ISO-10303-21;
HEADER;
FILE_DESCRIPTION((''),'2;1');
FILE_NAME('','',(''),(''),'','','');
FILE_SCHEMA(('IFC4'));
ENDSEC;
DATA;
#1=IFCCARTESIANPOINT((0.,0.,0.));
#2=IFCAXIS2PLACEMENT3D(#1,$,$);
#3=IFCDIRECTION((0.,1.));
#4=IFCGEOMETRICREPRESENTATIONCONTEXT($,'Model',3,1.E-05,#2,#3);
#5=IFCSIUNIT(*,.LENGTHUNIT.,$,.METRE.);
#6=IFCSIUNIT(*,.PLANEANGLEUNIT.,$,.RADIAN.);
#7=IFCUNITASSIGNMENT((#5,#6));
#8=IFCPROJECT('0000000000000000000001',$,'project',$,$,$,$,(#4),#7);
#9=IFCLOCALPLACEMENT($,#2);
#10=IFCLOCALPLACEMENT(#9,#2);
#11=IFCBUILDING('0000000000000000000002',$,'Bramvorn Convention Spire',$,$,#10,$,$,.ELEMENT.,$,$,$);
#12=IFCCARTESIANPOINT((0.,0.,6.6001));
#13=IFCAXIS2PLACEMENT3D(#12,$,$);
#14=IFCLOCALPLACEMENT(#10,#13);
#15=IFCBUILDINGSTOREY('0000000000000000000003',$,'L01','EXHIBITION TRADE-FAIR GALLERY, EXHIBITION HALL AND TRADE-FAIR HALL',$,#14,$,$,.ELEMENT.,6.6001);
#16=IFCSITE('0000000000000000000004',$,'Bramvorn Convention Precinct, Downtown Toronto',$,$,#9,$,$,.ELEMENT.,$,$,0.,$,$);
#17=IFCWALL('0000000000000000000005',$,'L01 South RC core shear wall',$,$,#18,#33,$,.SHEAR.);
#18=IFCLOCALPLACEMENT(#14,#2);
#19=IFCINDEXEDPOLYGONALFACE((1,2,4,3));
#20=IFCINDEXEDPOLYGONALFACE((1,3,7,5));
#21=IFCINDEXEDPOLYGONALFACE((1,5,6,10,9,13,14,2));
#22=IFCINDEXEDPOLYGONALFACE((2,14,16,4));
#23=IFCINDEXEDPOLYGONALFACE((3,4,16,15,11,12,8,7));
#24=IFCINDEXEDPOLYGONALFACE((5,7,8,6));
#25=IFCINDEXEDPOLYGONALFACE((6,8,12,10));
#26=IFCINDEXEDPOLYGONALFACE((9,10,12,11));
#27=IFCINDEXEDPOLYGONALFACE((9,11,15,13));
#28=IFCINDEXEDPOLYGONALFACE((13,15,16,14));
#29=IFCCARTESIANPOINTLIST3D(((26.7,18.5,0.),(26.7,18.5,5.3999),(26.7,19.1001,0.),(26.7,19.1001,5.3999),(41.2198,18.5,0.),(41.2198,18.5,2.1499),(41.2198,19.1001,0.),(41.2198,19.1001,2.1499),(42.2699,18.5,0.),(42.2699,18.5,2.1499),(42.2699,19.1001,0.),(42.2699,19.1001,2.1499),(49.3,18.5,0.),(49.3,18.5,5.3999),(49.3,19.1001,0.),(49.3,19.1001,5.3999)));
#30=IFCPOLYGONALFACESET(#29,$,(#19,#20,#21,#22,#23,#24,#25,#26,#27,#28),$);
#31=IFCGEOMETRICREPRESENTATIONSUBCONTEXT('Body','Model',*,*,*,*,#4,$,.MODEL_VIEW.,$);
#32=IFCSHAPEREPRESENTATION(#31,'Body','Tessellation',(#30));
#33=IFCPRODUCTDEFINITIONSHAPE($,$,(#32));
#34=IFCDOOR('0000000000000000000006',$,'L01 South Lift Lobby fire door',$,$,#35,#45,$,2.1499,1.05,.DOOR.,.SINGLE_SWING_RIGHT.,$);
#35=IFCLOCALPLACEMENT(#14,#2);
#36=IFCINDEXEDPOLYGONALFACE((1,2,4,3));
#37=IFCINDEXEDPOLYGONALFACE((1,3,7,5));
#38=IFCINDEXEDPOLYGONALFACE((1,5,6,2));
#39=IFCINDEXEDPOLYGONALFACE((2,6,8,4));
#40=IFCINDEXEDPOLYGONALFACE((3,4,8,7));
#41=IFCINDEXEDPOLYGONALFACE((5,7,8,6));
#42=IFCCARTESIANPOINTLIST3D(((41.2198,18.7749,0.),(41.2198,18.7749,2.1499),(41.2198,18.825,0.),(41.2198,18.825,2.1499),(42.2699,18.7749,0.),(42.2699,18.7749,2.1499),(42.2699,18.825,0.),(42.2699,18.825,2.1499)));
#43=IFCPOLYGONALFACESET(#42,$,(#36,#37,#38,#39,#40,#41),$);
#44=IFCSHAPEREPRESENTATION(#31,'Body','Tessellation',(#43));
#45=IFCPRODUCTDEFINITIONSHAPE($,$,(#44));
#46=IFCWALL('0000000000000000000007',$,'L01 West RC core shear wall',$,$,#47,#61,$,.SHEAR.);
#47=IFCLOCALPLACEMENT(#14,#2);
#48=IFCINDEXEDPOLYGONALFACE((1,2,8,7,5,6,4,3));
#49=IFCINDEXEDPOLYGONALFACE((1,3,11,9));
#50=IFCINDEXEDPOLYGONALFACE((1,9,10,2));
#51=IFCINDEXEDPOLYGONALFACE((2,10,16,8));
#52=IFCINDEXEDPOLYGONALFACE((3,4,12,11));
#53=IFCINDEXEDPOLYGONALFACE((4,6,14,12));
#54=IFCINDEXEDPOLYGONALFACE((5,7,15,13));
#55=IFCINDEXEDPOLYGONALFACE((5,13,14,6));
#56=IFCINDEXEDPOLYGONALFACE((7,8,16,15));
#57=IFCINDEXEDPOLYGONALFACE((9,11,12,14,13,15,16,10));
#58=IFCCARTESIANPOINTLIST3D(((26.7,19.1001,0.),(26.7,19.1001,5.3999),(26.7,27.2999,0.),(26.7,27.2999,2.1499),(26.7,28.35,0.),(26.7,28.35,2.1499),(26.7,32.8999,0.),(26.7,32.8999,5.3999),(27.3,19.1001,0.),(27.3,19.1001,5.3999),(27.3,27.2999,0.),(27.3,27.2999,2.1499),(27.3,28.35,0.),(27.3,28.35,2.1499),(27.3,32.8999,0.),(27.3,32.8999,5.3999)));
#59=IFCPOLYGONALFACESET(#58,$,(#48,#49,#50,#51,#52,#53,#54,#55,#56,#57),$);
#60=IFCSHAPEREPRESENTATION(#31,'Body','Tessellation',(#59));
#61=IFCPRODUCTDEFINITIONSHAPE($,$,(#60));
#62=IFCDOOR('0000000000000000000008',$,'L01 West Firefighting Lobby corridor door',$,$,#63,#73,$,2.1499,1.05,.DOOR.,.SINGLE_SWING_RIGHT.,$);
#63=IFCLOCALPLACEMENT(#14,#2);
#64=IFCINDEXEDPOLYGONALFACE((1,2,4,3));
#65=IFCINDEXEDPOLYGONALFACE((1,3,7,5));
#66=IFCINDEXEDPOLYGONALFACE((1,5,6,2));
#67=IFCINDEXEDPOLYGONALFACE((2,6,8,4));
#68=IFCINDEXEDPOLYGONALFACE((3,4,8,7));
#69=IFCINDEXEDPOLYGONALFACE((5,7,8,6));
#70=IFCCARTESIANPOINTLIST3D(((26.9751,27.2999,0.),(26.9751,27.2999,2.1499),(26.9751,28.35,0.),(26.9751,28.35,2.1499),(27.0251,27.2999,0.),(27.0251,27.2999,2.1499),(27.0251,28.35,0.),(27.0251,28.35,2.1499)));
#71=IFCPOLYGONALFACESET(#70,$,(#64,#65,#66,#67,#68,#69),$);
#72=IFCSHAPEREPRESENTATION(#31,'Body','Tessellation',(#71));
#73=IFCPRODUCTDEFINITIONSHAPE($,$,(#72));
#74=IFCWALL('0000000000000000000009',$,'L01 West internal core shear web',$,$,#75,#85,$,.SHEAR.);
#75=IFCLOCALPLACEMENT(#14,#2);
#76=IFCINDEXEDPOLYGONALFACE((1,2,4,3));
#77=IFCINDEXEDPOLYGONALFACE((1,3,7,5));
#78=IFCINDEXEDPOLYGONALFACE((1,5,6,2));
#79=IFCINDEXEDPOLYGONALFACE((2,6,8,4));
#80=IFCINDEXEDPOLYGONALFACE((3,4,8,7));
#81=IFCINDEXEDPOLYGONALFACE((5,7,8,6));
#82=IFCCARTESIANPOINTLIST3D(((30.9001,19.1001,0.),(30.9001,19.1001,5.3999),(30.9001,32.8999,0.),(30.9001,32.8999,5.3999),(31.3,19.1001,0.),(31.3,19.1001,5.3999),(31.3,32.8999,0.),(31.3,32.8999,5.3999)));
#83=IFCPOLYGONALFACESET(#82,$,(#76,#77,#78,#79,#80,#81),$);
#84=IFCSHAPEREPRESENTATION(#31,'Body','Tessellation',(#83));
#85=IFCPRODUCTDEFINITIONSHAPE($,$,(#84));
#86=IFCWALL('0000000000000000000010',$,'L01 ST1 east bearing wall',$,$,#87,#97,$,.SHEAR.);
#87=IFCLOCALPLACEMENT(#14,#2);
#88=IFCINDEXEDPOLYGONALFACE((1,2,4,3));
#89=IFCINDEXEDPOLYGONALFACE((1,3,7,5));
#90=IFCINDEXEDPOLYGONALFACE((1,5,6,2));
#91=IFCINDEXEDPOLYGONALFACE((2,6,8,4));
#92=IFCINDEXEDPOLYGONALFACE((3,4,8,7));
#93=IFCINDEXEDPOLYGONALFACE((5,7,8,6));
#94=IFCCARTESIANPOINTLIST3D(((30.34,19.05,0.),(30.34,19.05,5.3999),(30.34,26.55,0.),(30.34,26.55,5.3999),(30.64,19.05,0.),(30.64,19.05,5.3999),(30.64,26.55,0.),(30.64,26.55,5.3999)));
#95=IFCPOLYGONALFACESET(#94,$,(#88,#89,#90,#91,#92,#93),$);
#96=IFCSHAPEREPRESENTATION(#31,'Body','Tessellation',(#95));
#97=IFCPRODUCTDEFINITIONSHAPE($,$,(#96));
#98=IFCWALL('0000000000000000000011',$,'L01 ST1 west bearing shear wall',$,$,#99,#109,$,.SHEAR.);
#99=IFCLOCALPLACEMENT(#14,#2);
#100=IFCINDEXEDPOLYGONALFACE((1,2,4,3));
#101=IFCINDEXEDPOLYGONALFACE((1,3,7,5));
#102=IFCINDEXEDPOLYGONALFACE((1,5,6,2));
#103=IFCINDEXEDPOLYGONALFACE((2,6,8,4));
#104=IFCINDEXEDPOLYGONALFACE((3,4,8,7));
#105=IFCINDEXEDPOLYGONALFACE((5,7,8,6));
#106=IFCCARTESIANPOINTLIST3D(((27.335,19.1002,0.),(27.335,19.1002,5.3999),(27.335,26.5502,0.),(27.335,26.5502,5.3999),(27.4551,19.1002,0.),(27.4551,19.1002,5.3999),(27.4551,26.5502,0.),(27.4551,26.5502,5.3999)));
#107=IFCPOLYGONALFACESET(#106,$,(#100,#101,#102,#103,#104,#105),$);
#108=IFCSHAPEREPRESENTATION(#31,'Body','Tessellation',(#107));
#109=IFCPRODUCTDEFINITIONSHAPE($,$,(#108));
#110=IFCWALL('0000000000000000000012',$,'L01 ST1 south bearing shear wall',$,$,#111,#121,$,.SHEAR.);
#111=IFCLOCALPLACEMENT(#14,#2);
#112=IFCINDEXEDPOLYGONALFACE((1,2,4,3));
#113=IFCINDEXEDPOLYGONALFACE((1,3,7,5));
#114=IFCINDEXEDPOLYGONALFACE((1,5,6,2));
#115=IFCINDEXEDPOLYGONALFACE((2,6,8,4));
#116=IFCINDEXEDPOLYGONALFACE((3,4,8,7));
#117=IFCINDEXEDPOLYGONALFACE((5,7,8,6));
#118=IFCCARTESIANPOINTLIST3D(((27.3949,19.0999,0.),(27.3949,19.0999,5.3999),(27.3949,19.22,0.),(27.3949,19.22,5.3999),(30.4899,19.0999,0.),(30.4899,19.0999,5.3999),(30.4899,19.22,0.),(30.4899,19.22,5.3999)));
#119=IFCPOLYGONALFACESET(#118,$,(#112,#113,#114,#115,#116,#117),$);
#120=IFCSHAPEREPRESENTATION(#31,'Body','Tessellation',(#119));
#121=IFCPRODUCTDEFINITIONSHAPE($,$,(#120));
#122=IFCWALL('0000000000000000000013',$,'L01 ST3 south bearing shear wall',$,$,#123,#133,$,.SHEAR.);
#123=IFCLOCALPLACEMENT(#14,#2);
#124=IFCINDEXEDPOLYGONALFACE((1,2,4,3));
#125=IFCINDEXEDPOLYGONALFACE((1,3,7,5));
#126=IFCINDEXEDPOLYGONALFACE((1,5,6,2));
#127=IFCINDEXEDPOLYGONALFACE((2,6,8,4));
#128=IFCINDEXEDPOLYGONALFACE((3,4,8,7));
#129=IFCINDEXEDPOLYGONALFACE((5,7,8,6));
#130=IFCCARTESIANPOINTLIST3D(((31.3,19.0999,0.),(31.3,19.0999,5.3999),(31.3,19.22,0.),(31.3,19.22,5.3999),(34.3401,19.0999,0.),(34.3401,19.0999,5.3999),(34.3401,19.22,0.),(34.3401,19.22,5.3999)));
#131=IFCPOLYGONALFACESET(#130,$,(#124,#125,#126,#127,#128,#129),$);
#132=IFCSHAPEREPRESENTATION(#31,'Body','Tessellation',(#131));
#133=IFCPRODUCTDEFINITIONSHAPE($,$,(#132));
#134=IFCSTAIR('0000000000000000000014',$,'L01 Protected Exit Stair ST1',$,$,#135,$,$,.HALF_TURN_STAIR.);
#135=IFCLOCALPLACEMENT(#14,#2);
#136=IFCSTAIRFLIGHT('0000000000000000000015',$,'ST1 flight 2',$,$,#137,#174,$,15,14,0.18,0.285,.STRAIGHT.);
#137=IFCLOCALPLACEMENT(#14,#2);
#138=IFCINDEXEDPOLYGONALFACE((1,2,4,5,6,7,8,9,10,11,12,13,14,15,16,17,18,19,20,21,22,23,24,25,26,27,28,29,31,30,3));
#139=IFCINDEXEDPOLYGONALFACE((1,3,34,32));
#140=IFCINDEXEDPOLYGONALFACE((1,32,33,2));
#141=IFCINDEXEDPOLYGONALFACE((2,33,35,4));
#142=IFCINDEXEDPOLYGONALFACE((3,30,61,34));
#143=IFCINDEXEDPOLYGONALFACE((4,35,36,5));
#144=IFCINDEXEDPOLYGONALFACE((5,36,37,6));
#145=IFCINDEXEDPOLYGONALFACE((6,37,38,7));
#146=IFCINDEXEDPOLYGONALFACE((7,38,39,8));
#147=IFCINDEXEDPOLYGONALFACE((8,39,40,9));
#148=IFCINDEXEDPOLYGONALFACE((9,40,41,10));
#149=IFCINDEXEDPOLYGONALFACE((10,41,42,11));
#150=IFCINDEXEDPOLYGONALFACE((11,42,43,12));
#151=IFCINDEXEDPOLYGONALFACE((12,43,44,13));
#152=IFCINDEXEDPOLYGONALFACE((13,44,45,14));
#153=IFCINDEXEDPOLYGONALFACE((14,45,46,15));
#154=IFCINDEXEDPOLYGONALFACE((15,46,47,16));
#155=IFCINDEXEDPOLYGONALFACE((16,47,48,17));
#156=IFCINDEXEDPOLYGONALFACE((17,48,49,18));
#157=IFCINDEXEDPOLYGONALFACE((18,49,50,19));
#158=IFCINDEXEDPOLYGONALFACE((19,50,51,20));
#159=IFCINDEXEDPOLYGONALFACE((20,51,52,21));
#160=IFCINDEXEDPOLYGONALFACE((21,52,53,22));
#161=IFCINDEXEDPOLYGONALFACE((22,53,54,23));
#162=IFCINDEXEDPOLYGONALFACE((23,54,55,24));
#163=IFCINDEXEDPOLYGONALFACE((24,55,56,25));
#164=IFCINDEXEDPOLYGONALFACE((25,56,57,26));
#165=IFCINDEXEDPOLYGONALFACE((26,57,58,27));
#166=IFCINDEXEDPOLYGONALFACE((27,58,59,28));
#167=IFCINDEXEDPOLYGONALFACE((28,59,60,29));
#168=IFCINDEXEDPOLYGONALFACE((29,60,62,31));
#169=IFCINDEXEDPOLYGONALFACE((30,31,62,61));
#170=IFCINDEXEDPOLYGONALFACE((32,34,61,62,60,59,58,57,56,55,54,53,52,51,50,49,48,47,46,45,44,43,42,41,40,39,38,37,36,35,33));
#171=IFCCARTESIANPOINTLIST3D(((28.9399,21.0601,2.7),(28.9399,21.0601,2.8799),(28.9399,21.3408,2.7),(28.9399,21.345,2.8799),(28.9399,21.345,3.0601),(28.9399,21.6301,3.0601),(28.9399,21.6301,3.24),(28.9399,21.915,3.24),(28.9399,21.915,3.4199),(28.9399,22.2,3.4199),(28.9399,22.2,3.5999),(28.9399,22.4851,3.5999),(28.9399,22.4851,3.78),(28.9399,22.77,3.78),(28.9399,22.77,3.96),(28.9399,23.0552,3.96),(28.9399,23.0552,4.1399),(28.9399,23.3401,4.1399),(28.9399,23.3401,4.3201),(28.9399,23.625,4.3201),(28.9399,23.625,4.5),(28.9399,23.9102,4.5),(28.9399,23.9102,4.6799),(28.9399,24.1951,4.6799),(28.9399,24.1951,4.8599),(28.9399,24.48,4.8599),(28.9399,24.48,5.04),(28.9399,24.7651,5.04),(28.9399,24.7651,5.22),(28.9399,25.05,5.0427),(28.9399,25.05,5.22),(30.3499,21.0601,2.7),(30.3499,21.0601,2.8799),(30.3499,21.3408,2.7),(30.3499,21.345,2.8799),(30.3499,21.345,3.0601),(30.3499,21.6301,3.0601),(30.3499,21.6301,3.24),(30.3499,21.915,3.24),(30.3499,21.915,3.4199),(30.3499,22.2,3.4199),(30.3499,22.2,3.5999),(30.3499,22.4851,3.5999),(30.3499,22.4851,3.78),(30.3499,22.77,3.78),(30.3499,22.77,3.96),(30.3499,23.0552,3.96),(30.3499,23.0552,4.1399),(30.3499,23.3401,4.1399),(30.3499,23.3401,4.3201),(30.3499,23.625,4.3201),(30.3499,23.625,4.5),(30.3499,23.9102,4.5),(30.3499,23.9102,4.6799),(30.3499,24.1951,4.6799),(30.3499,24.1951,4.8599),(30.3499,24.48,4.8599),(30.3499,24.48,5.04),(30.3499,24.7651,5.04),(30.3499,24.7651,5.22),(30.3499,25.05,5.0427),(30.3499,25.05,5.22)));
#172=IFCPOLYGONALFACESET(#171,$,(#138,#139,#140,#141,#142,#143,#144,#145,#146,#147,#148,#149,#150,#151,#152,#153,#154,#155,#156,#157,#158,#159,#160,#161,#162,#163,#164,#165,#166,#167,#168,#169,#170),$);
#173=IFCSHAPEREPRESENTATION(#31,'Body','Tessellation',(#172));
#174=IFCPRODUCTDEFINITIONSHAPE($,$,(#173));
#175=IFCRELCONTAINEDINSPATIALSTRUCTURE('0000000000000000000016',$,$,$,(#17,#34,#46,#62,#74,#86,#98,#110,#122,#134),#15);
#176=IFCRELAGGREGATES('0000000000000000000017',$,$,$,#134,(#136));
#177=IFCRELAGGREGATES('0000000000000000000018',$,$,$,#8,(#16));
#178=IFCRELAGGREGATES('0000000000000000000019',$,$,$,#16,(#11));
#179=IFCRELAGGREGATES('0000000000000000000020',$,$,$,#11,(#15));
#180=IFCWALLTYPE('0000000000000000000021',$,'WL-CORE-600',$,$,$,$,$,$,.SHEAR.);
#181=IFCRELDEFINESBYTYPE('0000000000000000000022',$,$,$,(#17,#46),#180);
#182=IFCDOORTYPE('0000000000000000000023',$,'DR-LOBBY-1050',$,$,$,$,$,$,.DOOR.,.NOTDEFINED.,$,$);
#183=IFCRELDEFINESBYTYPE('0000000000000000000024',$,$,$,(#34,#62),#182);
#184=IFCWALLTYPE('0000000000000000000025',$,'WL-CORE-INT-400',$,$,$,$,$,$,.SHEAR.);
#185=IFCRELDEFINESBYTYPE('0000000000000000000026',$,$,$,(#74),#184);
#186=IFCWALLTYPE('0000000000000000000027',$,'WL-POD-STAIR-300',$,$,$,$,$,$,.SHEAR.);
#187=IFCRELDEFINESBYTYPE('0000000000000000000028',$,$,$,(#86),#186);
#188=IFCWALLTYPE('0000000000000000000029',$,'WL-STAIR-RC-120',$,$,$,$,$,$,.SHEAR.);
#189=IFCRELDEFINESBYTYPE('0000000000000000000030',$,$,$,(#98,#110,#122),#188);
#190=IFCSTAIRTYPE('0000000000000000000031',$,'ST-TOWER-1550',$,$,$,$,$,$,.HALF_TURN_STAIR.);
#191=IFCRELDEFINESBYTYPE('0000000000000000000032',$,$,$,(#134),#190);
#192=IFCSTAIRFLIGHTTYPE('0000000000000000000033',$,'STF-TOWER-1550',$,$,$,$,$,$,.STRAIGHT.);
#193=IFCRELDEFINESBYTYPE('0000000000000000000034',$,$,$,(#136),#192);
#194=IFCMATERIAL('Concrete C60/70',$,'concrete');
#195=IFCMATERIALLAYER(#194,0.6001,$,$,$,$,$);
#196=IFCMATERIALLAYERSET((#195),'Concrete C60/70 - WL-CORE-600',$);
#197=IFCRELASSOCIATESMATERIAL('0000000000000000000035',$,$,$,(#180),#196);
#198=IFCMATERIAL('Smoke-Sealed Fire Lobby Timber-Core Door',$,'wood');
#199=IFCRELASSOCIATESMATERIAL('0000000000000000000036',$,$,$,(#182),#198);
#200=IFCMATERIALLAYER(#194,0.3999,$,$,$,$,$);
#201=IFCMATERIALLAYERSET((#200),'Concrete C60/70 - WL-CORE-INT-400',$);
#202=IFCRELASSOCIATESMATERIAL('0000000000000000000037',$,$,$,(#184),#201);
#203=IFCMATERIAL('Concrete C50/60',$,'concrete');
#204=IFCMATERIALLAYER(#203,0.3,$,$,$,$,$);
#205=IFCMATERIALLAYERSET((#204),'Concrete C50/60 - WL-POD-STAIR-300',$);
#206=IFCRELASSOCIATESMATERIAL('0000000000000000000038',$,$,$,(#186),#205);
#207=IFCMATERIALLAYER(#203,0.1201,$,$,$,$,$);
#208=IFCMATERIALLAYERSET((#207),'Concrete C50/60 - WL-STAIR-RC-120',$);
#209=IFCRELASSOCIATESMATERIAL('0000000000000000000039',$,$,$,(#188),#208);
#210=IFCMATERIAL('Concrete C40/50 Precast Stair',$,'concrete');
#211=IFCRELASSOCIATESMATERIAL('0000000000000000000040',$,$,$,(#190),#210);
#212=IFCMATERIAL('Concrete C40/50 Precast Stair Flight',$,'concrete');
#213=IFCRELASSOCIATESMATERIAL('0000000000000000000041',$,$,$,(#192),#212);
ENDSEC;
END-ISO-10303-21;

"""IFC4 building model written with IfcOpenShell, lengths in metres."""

from ifc_helpers import new_model, si_unit, direction, frame, frame_2d, origin, place, context, subcontext, project, spatial, polyline, rectangle, outline, extrude, material, layer, layer_set, type_object, element, fill, aggregate, save


model = new_model("IFC4")

# Units and contexts
model_context = context("Model", 3, precision=1e-05, world=origin(), true_north=direction((0.0, 1.0)))
body_context = subcontext(model_context, "Body", "Model", "MODEL_VIEW")
ifc_project = project(units=[si_unit("LENGTHUNIT", "METRE"), si_unit("PLANEANGLEUNIT", "RADIAN")], contexts=[model_context])

# Site, building, storey
site_placement = place(None, origin())
site = spatial("IfcSite", under=ifc_project, at=site_placement, Name="Bramvorn Convention Precinct, Downtown Toronto", CompositionType="ELEMENT", RefElevation=0.0)
building_placement = place(site_placement, origin())
building = spatial("IfcBuilding", under=site, at=building_placement, Name="Bramvorn Convention Spire", CompositionType="ELEMENT")
storey_placement = place(building_placement, frame((0.0, 0.0, 6.6001)))
storey = spatial("IfcBuildingStorey", under=building, at=storey_placement, Name="L01", Description="EXHIBITION TRADE-FAIR GALLERY, EXHIBITION HALL AND TRADE-FAIR HALL", CompositionType="ELEMENT", Elevation=6.6001)

# Walls, openings, doors
ifc_material_1 = material(Name="Concrete C60/70", Category="concrete")
ifc_layer_1 = layer(ifc_material_1, 0.6001)
ifc_layer_set_1 = layer_set([ifc_layer_1], Name="Concrete C60/70 - WL-CORE-600")
wall_type_1 = type_object("IfcWallType", Name="WL-CORE-600", PredefinedType="SHEAR", material=ifc_layer_set_1)
wall_1_placement = place(storey_placement, frame((26.7, 18.8, 0.0), z_axis=(0.0, 0.0, 1.0), x_axis=(1.0, 0.0, 0.0)))
wall_1 = element("IfcWall", 1, at=wall_1_placement, inside=storey, type_object=wall_type_1, Name="L01 South RC core shear wall", PredefinedType="SHEAR", context=body_context, shape_type="SweptSolid", body=[
    extrude(rectangle(XDim=22.6001, YDim=0.6001, at=frame_2d((11.3, 0.0))), origin(), (0.0, 0.0, 1.0), 5.3999),
])
opening_1_placement = place(wall_1_placement, frame((14.52, 0.0, 0.0)))
opening_1 = element("IfcOpeningElement", 2, at=opening_1_placement, cuts=wall_1, PredefinedType="OPENING", context=body_context, shape_type="SweptSolid", body=[
    extrude(rectangle(XDim=1.05, YDim=2.1499, at=frame_2d((0.5249, 1.075))), frame((0.0, 0.3101, 0.0), z_axis=(0.0, -1.0, 0.0), x_axis=(1.0, 0.0, 0.0)), (0.0, 0.0, 1.0), 0.6201),
])
ifc_material_2 = material(Name="Smoke-Sealed Fire Lobby Timber-Core Door", Category="wood")
door_type = type_object("IfcDoorType", Name="DR-LOBBY-1050", OperationType="NOTDEFINED", PredefinedType="DOOR", material=ifc_material_2)
door_1_placement = place(opening_1_placement, origin())
door_1 = element("IfcDoor", 3, at=door_1_placement, inside=storey, type_object=door_type, Name="L01 South Lift Lobby fire door", OperationType="SINGLE_SWING_RIGHT", OverallHeight=2.1499, OverallWidth=1.05, PredefinedType="DOOR", context=body_context, shape_type="SweptSolid", body=[
    extrude(rectangle(XDim=1.05, YDim=2.1499, at=frame_2d((0.5249, 1.075))), frame((0.0, 0.0249, 0.0), z_axis=(0.0, -1.0, 0.0), x_axis=(1.0, 0.0, 0.0)), (0.0, 0.0, 1.0), 0.05),
])
fill(opening_1, door_1)
wall_2_placement = place(storey_placement, frame((27.0, 19.1001, 0.0), z_axis=(0.0, 0.0, 1.0), x_axis=(0.0, 1.0, 0.0)))
wall_2 = element("IfcWall", 4, at=wall_2_placement, inside=storey, type_object=wall_type_1, Name="L01 West RC core shear wall", PredefinedType="SHEAR", context=body_context, shape_type="SweptSolid", body=[
    extrude(rectangle(XDim=13.7998, YDim=0.6001, at=frame_2d((6.8999, 0.0))), origin(), (0.0, 0.0, 1.0), 5.3999),
])
opening_2_placement = place(wall_2_placement, frame((8.2, 0.0, 0.0)))
opening_2 = element("IfcOpeningElement", 5, at=opening_2_placement, cuts=wall_2, PredefinedType="OPENING", context=body_context, shape_type="SweptSolid", body=[
    extrude(rectangle(XDim=1.05, YDim=2.1499, at=frame_2d((0.5249, 1.075))), frame((0.0, 0.3101, 0.0), z_axis=(0.0, -1.0, 0.0), x_axis=(1.0, 0.0, 0.0)), (0.0, 0.0, 1.0), 0.6201),
])
door_2_placement = place(opening_2_placement, origin())
door_2 = element("IfcDoor", 6, at=door_2_placement, inside=storey, type_object=door_type, Name="L01 West Firefighting Lobby corridor door", OperationType="SINGLE_SWING_RIGHT", OverallHeight=2.1499, OverallWidth=1.05, PredefinedType="DOOR", context=body_context, shape_type="SweptSolid", body=[
    extrude(rectangle(XDim=1.05, YDim=2.1499, at=frame_2d((0.5249, 1.075))), frame((0.0, 0.0249, 0.0), z_axis=(0.0, -1.0, 0.0), x_axis=(1.0, 0.0, 0.0)), (0.0, 0.0, 1.0), 0.05),
])
fill(opening_2, door_2)

# Walls
ifc_layer_2 = layer(ifc_material_1, 0.3999)
ifc_layer_set_2 = layer_set([ifc_layer_2], Name="Concrete C60/70 - WL-CORE-INT-400")
wall_type_2 = type_object("IfcWallType", Name="WL-CORE-INT-400", PredefinedType="SHEAR", material=ifc_layer_set_2)
wall_3_placement = place(storey_placement, frame((31.1001, 19.1001, 0.0), z_axis=(0.0, 0.0, 1.0), x_axis=(0.0, 1.0, 0.0)))
element("IfcWall", 7, at=wall_3_placement, inside=storey, type_object=wall_type_2, Name="L01 West internal core shear web", PredefinedType="SHEAR", context=body_context, shape_type="SweptSolid", body=[
    extrude(rectangle(XDim=13.7998, YDim=0.3999, at=frame_2d((6.8999, 0.0))), origin(), (0.0, 0.0, 1.0), 5.3999),
])
ifc_material_3 = material(Name="Concrete C50/60", Category="concrete")
ifc_layer_3 = layer(ifc_material_3, 0.3)
ifc_layer_set_3 = layer_set([ifc_layer_3], Name="Concrete C50/60 - WL-POD-STAIR-300")
wall_type_3 = type_object("IfcWallType", Name="WL-POD-STAIR-300", PredefinedType="SHEAR", material=ifc_layer_set_3)
wall_4_placement = place(storey_placement, frame((30.49, 19.05, 0.0), z_axis=(0.0, 0.0, 1.0), x_axis=(0.0, 1.0, 0.0)))
element("IfcWall", 8, at=wall_4_placement, inside=storey, type_object=wall_type_3, Name="L01 ST1 east bearing wall", PredefinedType="SHEAR", context=body_context, shape_type="SweptSolid", body=[
    extrude(rectangle(XDim=7.5, YDim=0.3, at=frame_2d((3.75, 0.0))), origin(), (0.0, 0.0, 1.0), 5.3999),
])
ifc_layer_4 = layer(ifc_material_3, 0.1201)
ifc_layer_set_4 = layer_set([ifc_layer_4], Name="Concrete C50/60 - WL-STAIR-RC-120")
wall_type_4 = type_object("IfcWallType", Name="WL-STAIR-RC-120", PredefinedType="SHEAR", material=ifc_layer_set_4)
wall_5_placement = place(storey_placement, frame((27.395, 19.1001, 0.0), z_axis=(0.0, 0.0, 1.0), x_axis=(0.0, 1.0, 0.0)))
element("IfcWall", 9, at=wall_5_placement, inside=storey, type_object=wall_type_4, Name="L01 ST1 west bearing shear wall", PredefinedType="SHEAR", context=body_context, shape_type="SweptSolid", body=[
    extrude(rectangle(XDim=7.45, YDim=0.1201, at=frame_2d((3.7251, 0.0))), origin(), (0.0, 0.0, 1.0), 5.3999),
])
wall_6_placement = place(storey_placement, frame((27.395, 19.1599, 0.0), z_axis=(0.0, 0.0, 1.0), x_axis=(1.0, 0.0, 0.0)))
element("IfcWall", 10, at=wall_6_placement, inside=storey, type_object=wall_type_4, Name="L01 ST1 south bearing shear wall", PredefinedType="SHEAR", context=body_context, shape_type="SweptSolid", body=[
    extrude(rectangle(XDim=3.095, YDim=0.1201, at=frame_2d((1.5474, 0.0))), origin(), (0.0, 0.0, 1.0), 5.3999),
])
wall_7_placement = place(storey_placement, frame((31.3, 19.1599, 0.0), z_axis=(0.0, 0.0, 1.0), x_axis=(1.0, 0.0, 0.0)))
element("IfcWall", 11, at=wall_7_placement, inside=storey, type_object=wall_type_4, Name="L01 ST3 south bearing shear wall", PredefinedType="SHEAR", context=body_context, shape_type="SweptSolid", body=[
    extrude(rectangle(XDim=3.04, YDim=0.1201, at=frame_2d((1.52, 0.0))), origin(), (0.0, 0.0, 1.0), 5.3999),
])

# Stair, stair flight
ifc_material_4 = material(Name="Concrete C40/50 Precast Stair", Category="concrete")
stair_type = type_object("IfcStairType", Name="ST-TOWER-1550", PredefinedType="HALF_TURN_STAIR", material=ifc_material_4)
stair_placement = place(storey_placement, origin())
stair = element("IfcStair", 12, at=stair_placement, inside=storey, type_object=stair_type, Name="L01 Protected Exit Stair ST1", PredefinedType="HALF_TURN_STAIR")
ifc_material_5 = material(Name="Concrete C40/50 Precast Stair Flight", Category="concrete")
stair_flight_type = type_object("IfcStairFlightType", Name="STF-TOWER-1550", PredefinedType="STRAIGHT", material=ifc_material_5)
stair_flight_placement = place(storey_placement, frame((29.645, 21.0601, 2.7), z_axis=(0.0, 0.0, 1.0), x_axis=(0.0, 1.0, 0.0)))
stair_flight = element("IfcStairFlight", 13, at=stair_flight_placement, type_object=stair_flight_type, Name="ST1 flight 2", NumberOfRisers=15, NumberOfTreads=14, PredefinedType="STRAIGHT", RiserHeight=0.18, TreadLength=0.285, context=body_context, shape_type="SweptSolid", body=[
    extrude(outline(polyline([(0.0, 0.0), (0.0, 0.1799), (0.2849, 0.1799), (0.2849, 0.3601), (0.5701, 0.3601), (0.5701, 0.54), (0.855, 0.54), (0.855, 0.72), (1.1399, 0.72), (1.1399, 0.8999), (1.425, 0.8999), (1.425, 1.0801), (1.71, 1.0801), (1.71, 1.26), (1.9951, 1.26), (1.9951, 1.4399), (2.28, 1.4399), (2.28, 1.6201), (2.5649, 1.6201), (2.5649, 1.8), (2.8501, 1.8), (2.8501, 1.98), (3.135, 1.98), (3.135, 2.1599), (3.4199, 2.1599), (3.4199, 2.3401), (3.7051, 2.3401), (3.7051, 2.52), (3.99, 2.52), (3.99, 2.7), (3.99, 2.3428), (0.2808, 0.0), (0.0, 0.0)])), frame((0.0, 0.7051, 0.0), z_axis=(0.0, -1.0, 0.0), x_axis=(1.0, 0.0, 0.0)), (0.0, 0.0, 1.0), 1.4099),
])
aggregate(stair, [stair_flight])

save(model, "model.ifc")
